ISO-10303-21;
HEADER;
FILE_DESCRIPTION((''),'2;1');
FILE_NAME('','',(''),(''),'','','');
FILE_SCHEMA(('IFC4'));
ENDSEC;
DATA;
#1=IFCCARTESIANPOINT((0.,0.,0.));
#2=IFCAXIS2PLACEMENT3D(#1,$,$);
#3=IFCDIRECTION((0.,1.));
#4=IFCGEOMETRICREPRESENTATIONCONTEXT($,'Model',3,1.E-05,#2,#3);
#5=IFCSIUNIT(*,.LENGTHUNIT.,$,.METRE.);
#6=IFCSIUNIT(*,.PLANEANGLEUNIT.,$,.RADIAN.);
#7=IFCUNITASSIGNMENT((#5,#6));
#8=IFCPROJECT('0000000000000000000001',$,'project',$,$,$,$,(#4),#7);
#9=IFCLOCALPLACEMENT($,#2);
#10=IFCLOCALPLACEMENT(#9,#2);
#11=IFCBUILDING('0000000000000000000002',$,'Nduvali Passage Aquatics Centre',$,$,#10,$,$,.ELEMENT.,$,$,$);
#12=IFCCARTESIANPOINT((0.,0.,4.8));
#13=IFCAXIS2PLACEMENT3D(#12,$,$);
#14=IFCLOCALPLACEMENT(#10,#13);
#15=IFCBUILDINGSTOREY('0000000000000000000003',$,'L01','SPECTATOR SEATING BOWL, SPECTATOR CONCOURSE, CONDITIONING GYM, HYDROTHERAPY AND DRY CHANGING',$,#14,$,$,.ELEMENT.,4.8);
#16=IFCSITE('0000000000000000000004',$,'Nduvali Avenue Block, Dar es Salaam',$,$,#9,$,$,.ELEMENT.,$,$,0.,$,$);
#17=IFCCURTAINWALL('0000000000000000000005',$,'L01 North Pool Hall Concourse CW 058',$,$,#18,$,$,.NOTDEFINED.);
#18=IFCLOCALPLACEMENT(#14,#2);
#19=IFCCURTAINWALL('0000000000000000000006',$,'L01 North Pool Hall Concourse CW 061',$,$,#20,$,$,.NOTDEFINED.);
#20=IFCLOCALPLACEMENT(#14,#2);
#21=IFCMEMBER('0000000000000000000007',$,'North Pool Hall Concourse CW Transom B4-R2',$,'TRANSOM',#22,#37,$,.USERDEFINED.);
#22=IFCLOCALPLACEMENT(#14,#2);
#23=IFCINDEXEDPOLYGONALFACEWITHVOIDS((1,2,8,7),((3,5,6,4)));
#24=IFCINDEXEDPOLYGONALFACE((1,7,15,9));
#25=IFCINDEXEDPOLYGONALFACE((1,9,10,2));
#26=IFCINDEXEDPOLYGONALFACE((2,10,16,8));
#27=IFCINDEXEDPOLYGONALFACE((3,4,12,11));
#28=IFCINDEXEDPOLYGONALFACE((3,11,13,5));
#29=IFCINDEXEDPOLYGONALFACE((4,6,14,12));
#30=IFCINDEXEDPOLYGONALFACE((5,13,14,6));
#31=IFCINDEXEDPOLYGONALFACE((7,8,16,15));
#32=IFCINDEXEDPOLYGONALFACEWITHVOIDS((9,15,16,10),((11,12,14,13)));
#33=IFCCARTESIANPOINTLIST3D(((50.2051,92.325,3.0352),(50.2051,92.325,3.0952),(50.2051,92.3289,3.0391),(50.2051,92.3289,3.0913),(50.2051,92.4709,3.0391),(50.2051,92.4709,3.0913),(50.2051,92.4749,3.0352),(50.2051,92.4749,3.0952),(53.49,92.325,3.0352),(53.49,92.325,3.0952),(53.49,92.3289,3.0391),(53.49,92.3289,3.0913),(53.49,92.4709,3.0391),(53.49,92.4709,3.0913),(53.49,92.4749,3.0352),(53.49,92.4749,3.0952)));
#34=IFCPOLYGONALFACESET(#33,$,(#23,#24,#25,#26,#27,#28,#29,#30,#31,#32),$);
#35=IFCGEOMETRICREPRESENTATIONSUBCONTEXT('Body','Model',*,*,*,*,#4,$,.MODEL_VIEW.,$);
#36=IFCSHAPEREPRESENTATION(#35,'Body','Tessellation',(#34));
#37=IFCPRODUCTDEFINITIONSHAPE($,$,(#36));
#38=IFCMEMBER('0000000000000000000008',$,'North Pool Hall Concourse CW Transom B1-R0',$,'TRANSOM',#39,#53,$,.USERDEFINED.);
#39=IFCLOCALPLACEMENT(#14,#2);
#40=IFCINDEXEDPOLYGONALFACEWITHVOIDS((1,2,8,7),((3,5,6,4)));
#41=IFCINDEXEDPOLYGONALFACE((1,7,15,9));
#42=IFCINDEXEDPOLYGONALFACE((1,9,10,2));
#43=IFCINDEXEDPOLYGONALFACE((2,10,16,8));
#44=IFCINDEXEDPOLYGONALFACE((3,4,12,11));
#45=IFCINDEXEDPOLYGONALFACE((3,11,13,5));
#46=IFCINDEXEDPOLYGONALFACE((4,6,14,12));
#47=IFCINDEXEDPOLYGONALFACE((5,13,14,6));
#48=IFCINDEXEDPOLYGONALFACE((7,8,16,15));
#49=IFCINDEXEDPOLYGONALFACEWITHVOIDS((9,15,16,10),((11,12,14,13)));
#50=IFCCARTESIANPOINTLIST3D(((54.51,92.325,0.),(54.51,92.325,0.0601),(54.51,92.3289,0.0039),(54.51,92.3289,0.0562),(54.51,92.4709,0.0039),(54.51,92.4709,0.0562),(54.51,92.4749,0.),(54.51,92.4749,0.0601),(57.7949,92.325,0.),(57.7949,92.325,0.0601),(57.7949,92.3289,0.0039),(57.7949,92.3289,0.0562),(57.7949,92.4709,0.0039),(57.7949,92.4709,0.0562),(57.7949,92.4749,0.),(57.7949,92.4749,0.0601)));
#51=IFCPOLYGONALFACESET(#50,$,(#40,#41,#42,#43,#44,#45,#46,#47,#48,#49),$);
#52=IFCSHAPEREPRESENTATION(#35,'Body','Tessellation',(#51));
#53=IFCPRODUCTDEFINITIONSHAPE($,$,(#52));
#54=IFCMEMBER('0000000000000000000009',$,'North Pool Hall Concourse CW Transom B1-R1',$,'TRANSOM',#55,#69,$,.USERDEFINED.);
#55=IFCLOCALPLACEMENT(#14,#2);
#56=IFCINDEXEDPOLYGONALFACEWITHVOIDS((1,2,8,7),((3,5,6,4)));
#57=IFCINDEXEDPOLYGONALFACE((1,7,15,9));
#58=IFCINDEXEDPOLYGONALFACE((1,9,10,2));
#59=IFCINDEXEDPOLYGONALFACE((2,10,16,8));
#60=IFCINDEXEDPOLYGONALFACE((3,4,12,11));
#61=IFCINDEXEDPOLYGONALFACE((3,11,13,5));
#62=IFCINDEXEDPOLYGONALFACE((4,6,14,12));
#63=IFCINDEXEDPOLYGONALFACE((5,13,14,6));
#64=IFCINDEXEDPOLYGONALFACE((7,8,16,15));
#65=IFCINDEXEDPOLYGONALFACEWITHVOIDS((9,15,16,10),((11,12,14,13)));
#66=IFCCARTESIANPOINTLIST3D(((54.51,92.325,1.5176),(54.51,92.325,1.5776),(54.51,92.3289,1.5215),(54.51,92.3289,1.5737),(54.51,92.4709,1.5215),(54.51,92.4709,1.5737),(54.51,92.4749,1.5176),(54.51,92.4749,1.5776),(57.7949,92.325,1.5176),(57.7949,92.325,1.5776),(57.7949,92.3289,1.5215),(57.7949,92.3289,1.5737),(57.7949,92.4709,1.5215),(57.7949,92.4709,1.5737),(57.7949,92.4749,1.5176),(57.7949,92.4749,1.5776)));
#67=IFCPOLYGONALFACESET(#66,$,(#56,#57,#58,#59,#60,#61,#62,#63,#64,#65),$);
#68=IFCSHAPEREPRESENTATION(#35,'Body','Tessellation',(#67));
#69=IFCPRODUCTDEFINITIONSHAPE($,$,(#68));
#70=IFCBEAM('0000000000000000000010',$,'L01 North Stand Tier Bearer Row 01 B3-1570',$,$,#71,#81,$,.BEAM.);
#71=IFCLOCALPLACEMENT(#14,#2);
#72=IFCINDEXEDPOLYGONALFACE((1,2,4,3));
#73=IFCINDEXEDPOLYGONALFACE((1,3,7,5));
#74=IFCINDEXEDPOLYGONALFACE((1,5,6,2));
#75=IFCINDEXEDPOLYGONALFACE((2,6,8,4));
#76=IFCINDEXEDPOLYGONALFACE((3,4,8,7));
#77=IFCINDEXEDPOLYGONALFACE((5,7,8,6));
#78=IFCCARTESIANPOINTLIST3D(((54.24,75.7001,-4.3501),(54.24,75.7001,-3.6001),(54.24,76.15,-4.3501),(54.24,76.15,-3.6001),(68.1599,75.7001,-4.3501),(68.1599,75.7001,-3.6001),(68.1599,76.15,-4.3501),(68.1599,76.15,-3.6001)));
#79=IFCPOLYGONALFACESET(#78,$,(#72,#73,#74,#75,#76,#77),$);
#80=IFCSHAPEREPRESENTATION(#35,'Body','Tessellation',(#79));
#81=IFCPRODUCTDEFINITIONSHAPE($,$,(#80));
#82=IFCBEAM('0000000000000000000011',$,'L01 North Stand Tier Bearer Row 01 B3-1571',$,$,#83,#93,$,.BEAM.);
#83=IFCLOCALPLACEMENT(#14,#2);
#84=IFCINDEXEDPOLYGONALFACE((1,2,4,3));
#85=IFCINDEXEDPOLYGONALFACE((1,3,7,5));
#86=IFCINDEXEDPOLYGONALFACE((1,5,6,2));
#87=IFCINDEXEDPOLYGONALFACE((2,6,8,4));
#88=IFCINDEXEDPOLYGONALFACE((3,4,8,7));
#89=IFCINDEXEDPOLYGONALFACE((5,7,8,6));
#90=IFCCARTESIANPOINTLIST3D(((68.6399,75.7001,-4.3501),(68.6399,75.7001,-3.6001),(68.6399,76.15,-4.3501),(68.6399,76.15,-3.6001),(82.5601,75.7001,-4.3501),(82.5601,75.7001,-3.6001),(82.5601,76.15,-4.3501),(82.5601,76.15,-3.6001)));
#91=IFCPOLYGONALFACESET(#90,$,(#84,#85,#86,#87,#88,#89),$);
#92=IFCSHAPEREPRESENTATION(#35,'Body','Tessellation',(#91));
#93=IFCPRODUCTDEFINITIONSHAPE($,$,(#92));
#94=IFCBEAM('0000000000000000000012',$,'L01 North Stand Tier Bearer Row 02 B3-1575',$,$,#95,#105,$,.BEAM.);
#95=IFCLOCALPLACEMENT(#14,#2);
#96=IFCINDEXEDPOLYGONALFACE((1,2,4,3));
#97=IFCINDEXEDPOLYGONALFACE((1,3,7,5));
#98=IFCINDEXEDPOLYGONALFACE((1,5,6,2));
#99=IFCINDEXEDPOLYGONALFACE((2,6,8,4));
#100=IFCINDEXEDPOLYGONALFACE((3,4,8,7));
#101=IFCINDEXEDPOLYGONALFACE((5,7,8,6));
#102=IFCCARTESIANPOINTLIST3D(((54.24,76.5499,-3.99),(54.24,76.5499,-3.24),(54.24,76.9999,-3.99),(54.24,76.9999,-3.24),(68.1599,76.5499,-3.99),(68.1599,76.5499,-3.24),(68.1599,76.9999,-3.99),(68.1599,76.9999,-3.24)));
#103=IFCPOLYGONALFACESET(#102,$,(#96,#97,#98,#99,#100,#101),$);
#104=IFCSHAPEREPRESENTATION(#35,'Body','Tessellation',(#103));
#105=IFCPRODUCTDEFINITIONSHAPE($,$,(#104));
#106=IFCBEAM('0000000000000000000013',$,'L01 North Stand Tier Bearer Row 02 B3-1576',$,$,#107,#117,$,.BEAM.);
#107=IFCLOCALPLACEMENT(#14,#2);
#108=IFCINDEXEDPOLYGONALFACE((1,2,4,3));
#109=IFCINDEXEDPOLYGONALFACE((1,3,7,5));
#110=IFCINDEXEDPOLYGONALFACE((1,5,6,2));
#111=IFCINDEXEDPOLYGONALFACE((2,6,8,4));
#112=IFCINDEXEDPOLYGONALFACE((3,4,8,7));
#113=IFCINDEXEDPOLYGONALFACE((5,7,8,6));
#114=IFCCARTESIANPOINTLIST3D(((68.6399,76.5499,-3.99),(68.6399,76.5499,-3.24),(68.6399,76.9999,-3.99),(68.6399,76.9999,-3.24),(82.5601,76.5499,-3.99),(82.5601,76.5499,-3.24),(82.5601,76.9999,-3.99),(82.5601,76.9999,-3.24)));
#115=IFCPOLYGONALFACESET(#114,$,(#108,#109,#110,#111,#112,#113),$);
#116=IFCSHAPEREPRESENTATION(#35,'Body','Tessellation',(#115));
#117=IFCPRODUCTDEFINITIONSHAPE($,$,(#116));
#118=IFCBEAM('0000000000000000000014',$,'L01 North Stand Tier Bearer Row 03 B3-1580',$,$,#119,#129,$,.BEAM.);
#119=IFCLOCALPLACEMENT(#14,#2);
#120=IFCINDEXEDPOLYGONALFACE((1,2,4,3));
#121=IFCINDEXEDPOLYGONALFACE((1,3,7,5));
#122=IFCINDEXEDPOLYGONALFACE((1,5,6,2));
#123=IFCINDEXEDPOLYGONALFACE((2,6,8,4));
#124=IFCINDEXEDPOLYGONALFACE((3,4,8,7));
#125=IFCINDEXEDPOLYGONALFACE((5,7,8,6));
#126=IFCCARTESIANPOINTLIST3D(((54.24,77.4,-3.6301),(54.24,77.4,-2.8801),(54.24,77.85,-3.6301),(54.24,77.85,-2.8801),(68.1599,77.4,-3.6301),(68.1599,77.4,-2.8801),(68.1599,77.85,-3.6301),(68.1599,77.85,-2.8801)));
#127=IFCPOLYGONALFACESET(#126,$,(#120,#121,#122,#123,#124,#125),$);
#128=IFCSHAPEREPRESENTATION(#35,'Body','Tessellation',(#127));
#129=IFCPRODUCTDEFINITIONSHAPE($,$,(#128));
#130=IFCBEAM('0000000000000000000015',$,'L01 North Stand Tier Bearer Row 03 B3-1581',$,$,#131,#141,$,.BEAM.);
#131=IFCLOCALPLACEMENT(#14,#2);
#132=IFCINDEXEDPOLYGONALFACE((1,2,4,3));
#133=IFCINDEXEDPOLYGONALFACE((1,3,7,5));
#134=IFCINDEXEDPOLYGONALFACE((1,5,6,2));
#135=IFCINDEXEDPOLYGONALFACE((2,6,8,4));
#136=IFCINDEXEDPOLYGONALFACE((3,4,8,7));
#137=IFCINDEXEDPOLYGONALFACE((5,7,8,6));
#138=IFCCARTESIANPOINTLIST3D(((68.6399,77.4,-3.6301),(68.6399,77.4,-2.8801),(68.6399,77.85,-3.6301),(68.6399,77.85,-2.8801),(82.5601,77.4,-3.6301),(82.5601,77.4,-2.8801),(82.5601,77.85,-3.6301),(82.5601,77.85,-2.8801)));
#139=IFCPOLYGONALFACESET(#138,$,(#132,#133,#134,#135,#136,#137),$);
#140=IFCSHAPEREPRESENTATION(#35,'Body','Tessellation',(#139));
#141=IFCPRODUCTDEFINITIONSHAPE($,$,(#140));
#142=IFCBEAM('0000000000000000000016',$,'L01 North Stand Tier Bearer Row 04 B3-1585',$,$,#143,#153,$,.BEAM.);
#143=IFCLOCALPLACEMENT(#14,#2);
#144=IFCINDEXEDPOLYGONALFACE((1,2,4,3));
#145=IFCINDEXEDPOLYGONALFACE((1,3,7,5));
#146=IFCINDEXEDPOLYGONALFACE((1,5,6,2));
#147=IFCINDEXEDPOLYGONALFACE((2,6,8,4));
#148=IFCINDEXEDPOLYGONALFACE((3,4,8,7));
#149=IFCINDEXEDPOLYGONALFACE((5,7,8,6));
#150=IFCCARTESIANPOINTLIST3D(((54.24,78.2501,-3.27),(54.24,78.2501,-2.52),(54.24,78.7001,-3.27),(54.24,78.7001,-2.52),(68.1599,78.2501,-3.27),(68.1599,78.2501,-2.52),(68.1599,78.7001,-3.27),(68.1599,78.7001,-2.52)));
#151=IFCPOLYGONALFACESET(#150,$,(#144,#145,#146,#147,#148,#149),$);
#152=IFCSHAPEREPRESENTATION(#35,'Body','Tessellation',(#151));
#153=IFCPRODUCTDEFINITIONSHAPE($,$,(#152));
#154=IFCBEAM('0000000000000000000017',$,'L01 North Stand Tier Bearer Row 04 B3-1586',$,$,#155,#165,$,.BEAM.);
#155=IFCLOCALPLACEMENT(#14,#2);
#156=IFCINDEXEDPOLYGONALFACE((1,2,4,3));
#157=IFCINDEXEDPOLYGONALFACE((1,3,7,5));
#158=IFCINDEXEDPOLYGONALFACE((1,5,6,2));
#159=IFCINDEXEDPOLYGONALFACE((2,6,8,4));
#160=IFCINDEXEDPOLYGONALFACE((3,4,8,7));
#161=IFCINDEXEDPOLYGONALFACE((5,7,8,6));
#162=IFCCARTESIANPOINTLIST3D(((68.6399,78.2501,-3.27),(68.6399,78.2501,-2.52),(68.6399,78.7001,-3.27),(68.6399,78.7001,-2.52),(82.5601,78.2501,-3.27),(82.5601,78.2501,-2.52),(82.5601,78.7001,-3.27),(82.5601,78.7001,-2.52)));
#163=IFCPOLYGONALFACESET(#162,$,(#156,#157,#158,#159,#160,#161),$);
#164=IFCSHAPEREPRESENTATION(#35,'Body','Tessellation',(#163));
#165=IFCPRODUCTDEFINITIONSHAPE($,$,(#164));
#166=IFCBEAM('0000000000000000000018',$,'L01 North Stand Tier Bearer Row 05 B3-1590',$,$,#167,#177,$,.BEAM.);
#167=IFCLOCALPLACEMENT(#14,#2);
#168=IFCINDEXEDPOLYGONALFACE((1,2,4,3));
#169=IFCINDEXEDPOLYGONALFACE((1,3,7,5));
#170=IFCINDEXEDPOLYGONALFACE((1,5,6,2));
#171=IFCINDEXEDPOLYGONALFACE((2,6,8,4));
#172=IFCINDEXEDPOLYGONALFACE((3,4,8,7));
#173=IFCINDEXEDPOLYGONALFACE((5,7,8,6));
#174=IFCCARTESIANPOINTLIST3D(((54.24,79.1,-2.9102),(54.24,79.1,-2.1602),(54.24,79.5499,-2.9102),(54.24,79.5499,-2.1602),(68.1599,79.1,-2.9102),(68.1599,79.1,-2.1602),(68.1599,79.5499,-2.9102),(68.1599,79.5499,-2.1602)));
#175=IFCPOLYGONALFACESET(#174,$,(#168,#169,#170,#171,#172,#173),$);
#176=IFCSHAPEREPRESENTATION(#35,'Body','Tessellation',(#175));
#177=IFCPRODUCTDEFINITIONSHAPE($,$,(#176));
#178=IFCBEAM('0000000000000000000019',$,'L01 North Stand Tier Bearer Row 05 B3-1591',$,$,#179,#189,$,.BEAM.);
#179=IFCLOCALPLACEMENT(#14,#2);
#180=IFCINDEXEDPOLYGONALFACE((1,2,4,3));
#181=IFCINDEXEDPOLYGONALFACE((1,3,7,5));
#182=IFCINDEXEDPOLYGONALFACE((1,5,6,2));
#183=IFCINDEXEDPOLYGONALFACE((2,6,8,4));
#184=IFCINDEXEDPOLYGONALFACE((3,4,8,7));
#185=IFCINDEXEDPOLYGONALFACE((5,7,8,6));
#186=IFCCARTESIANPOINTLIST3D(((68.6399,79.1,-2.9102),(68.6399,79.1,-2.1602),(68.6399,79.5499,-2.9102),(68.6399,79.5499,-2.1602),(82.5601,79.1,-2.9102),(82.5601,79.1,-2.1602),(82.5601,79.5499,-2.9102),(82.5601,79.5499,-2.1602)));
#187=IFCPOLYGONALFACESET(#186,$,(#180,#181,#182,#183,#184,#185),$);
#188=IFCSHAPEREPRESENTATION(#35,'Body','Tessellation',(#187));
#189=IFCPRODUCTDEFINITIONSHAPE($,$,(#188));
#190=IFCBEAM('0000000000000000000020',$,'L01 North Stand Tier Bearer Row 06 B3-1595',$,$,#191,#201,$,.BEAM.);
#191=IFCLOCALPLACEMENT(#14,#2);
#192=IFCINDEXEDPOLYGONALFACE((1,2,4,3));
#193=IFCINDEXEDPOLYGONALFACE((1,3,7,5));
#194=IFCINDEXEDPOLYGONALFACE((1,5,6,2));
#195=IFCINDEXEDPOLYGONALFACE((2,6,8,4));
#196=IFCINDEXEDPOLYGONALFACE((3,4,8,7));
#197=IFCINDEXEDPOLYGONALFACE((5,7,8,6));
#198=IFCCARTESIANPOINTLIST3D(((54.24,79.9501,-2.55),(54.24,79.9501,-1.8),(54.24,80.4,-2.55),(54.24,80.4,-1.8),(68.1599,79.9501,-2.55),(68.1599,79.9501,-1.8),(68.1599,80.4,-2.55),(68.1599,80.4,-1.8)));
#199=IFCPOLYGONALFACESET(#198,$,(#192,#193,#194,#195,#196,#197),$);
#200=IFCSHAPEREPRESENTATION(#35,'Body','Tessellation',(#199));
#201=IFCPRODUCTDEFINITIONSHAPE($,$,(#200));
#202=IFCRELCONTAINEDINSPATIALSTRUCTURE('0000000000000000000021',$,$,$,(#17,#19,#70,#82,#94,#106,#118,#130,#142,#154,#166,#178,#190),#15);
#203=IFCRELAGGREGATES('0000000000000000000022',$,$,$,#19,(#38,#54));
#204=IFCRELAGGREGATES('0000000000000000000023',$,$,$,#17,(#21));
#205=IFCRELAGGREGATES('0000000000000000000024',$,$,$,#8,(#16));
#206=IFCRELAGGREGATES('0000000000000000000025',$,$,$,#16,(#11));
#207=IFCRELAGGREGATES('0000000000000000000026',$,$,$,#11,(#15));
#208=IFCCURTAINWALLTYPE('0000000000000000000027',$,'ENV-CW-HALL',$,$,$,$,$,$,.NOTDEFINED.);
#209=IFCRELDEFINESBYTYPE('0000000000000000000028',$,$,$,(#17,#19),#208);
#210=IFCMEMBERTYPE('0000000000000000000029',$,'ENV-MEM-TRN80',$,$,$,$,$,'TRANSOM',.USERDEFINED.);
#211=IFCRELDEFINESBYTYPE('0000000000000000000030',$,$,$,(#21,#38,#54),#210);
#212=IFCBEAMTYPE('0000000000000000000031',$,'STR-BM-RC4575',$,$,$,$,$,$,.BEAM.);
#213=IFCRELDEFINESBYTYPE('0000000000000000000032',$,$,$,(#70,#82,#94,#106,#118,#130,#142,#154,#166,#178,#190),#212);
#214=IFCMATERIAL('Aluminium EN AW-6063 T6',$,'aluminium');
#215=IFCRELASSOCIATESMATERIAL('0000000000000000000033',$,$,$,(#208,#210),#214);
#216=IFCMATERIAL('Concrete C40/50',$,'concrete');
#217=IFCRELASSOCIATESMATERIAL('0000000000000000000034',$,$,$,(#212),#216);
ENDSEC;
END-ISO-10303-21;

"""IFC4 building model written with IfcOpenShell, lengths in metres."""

from ifc_helpers import new_model, si_unit, direction, frame, origin, origin_2d, place, context, subcontext, project, spatial, rectangle, hollow_rectangle, extrude, material, material_profile, profile_set, type_object, element, aggregate, save


model = new_model("IFC4")

# Units and contexts
model_context = context("Model", 3, precision=1e-05, world=origin(), true_north=direction((0.0, 1.0)))
body_context = subcontext(model_context, "Body", "Model", "MODEL_VIEW")
ifc_project = project(units=[si_unit("LENGTHUNIT", "METRE"), si_unit("PLANEANGLEUNIT", "RADIAN")], contexts=[model_context])

# Site, building, storey
site_placement = place(None, origin())
site = spatial("IfcSite", under=ifc_project, at=site_placement, Name="Nduvali Avenue Block, Dar es Salaam", CompositionType="ELEMENT", RefElevation=0.0)
building_placement = place(site_placement, origin())
building = spatial("IfcBuilding", under=site, at=building_placement, Name="Nduvali Passage Aquatics Centre", CompositionType="ELEMENT")
storey_placement = place(building_placement, frame((0.0, 0.0, 4.8)))
storey = spatial("IfcBuildingStorey", under=building, at=storey_placement, Name="L01", Description="SPECTATOR SEATING BOWL, SPECTATOR CONCOURSE, CONDITIONING GYM, HYDROTHERAPY AND DRY CHANGING", CompositionType="ELEMENT", Elevation=4.8)

# Shared definitions
ifc_material_1 = material(Name="Concrete C40/50", Category="concrete")

# Curtain walls
ifc_material_2 = material(Name="Aluminium EN AW-6063 T6", Category="aluminium")
curtain_wall_type = type_object("IfcCurtainWallType", Name="ENV-CW-HALL", PredefinedType="NOTDEFINED", material=ifc_material_2)
curtain_wall_1_placement = place(storey_placement, origin())
curtain_wall_1 = element("IfcCurtainWall", 1, at=curtain_wall_1_placement, inside=storey, type_object=curtain_wall_type, Name="L01 North Pool Hall Concourse CW 058", PredefinedType="NOTDEFINED")
curtain_wall_2_placement = place(storey_placement, origin())
curtain_wall_2 = element("IfcCurtainWall", 2, at=curtain_wall_2_placement, inside=storey, type_object=curtain_wall_type, Name="L01 North Pool Hall Concourse CW 061", PredefinedType="NOTDEFINED")

# Members
ifc_material_profile_1 = material_profile(ifc_material_2, hollow_rectangle(XDim=0.1499, YDim=0.0601, WallThickness=0.0039, at=origin_2d()), Name="ALU TRANSOM 150x60x4")
ifc_profile_set_1 = profile_set([ifc_material_profile_1], Name="Aluminium EN AW-6063 T6")
member_type_1 = type_object("IfcMemberType", Name="ENV-MEM-TRN80", ElementType="TRANSOM", PredefinedType="USERDEFINED", material=ifc_profile_set_1)
member_1_placement = place(storey_placement, frame((50.2051, 92.3999, 3.0652), z_axis=(1.0, 0.0, 0.0), x_axis=(0.0, 1.0, 0.0)))
member_1 = element("IfcMember", 3, at=member_1_placement, type_object=member_type_1, Name="North Pool Hall Concourse CW Transom B4-R2", ObjectType="TRANSOM", PredefinedType="USERDEFINED", context=body_context, shape_type="SweptSolid", body=[
    extrude(hollow_rectangle(XDim=0.1499, YDim=0.0601, WallThickness=0.0039, at=origin_2d()), origin(), (0.0, 0.0, 1.0), 3.2849),
])
member_2_placement = place(storey_placement, frame((54.51, 92.3999, 0.03), z_axis=(1.0, 0.0, 0.0), x_axis=(0.0, 1.0, 0.0)))
member_2 = element("IfcMember", 4, at=member_2_placement, type_object=member_type_1, Name="North Pool Hall Concourse CW Transom B1-R0", ObjectType="TRANSOM", PredefinedType="USERDEFINED", context=body_context, shape_type="SweptSolid", body=[
    extrude(hollow_rectangle(XDim=0.1499, YDim=0.0601, WallThickness=0.0039, at=origin_2d()), origin(), (0.0, 0.0, 1.0), 3.2849),
])
member_3_placement = place(storey_placement, frame((54.51, 92.3999, 1.5476), z_axis=(1.0, 0.0, 0.0), x_axis=(0.0, 1.0, 0.0)))
member_3 = element("IfcMember", 5, at=member_3_placement, type_object=member_type_1, Name="North Pool Hall Concourse CW Transom B1-R1", ObjectType="TRANSOM", PredefinedType="USERDEFINED", context=body_context, shape_type="SweptSolid", body=[
    extrude(hollow_rectangle(XDim=0.1499, YDim=0.0601, WallThickness=0.0039, at=origin_2d()), origin(), (0.0, 0.0, 1.0), 3.2849),
])
aggregate(curtain_wall_2, [member_2, member_3])

# Beams
ifc_material_profile_2 = material_profile(ifc_material_1, rectangle(XDim=0.45, YDim=0.75, at=origin_2d()), Name="RC 450x750")
ifc_profile_set_2 = profile_set([ifc_material_profile_2], Name="Concrete C40/50")
beam_type_1 = type_object("IfcBeamType", Name="STR-BM-RC4575", PredefinedType="BEAM", material=ifc_profile_set_2)
beam_1_placement = place(storey_placement, frame((54.24, 75.925, -3.9751), z_axis=(1.0, 0.0, 0.0), x_axis=(0.0, 1.0, 0.0)))
element("IfcBeam", 6, at=beam_1_placement, inside=storey, type_object=beam_type_1, Name="L01 North Stand Tier Bearer Row 01 B3-1570", PredefinedType="BEAM", context=body_context, shape_type="SweptSolid", body=[
    extrude(rectangle(XDim=0.45, YDim=0.75, at=origin_2d()), origin(), (0.0, 0.0, 1.0), 13.9199),
])
beam_2_placement = place(storey_placement, frame((68.6399, 75.925, -3.9751), z_axis=(1.0, 0.0, 0.0), x_axis=(0.0, 1.0, 0.0)))
element("IfcBeam", 7, at=beam_2_placement, inside=storey, type_object=beam_type_1, Name="L01 North Stand Tier Bearer Row 01 B3-1571", PredefinedType="BEAM", context=body_context, shape_type="SweptSolid", body=[
    extrude(rectangle(XDim=0.45, YDim=0.75, at=origin_2d()), origin(), (0.0, 0.0, 1.0), 13.9202),
])
beam_3_placement = place(storey_placement, frame((54.24, 76.7749, -3.615), z_axis=(1.0, 0.0, 0.0), x_axis=(0.0, 1.0, 0.0)))
element("IfcBeam", 8, at=beam_3_placement, inside=storey, type_object=beam_type_1, Name="L01 North Stand Tier Bearer Row 02 B3-1575", PredefinedType="BEAM", context=body_context, shape_type="SweptSolid", body=[
    extrude(rectangle(XDim=0.45, YDim=0.75, at=origin_2d()), origin(), (0.0, 0.0, 1.0), 13.9199),
])
beam_4_placement = place(storey_placement, frame((68.6399, 76.7749, -3.615), z_axis=(1.0, 0.0, 0.0), x_axis=(0.0, 1.0, 0.0)))
element("IfcBeam", 9, at=beam_4_placement, inside=storey, type_object=beam_type_1, Name="L01 North Stand Tier Bearer Row 02 B3-1576", PredefinedType="BEAM", context=body_context, shape_type="SweptSolid", body=[
    extrude(rectangle(XDim=0.45, YDim=0.75, at=origin_2d()), origin(), (0.0, 0.0, 1.0), 13.9202),
])
beam_5_placement = place(storey_placement, frame((54.24, 77.625, -3.2551), z_axis=(1.0, 0.0, 0.0), x_axis=(0.0, 1.0, 0.0)))
element("IfcBeam", 10, at=beam_5_placement, inside=storey, type_object=beam_type_1, Name="L01 North Stand Tier Bearer Row 03 B3-1580", PredefinedType="BEAM", context=body_context, shape_type="SweptSolid", body=[
    extrude(rectangle(XDim=0.45, YDim=0.75, at=origin_2d()), origin(), (0.0, 0.0, 1.0), 13.9199),
])
beam_6_placement = place(storey_placement, frame((68.6399, 77.625, -3.2551), z_axis=(1.0, 0.0, 0.0), x_axis=(0.0, 1.0, 0.0)))
element("IfcBeam", 11, at=beam_6_placement, inside=storey, type_object=beam_type_1, Name="L01 North Stand Tier Bearer Row 03 B3-1581", PredefinedType="BEAM", context=body_context, shape_type="SweptSolid", body=[
    extrude(rectangle(XDim=0.45, YDim=0.75, at=origin_2d()), origin(), (0.0, 0.0, 1.0), 13.9202),
])
beam_7_placement = place(storey_placement, frame((54.24, 78.4751, -2.895), z_axis=(1.0, 0.0, 0.0), x_axis=(0.0, 1.0, 0.0)))
element("IfcBeam", 12, at=beam_7_placement, inside=storey, type_object=beam_type_1, Name="L01 North Stand Tier Bearer Row 04 B3-1585", PredefinedType="BEAM", context=body_context, shape_type="SweptSolid", body=[
    extrude(rectangle(XDim=0.45, YDim=0.75, at=origin_2d()), origin(), (0.0, 0.0, 1.0), 13.9199),
])
beam_8_placement = place(storey_placement, frame((68.6399, 78.4751, -2.895), z_axis=(1.0, 0.0, 0.0), x_axis=(0.0, 1.0, 0.0)))
element("IfcBeam", 13, at=beam_8_placement, inside=storey, type_object=beam_type_1, Name="L01 North Stand Tier Bearer Row 04 B3-1586", PredefinedType="BEAM", context=body_context, shape_type="SweptSolid", body=[
    extrude(rectangle(XDim=0.45, YDim=0.75, at=origin_2d()), origin(), (0.0, 0.0, 1.0), 13.9202),
])
beam_9_placement = place(storey_placement, frame((54.24, 79.325, -2.5352), z_axis=(1.0, 0.0, 0.0), x_axis=(0.0, 1.0, 0.0)))
element("IfcBeam", 14, at=beam_9_placement, inside=storey, type_object=beam_type_1, Name="L01 North Stand Tier Bearer Row 05 B3-1590", PredefinedType="BEAM", context=body_context, shape_type="SweptSolid", body=[
    extrude(rectangle(XDim=0.45, YDim=0.75, at=origin_2d()), origin(), (0.0, 0.0, 1.0), 13.9199),
])
beam_10_placement = place(storey_placement, frame((68.6399, 79.325, -2.5352), z_axis=(1.0, 0.0, 0.0), x_axis=(0.0, 1.0, 0.0)))
element("IfcBeam", 15, at=beam_10_placement, inside=storey, type_object=beam_type_1, Name="L01 North Stand Tier Bearer Row 05 B3-1591", PredefinedType="BEAM", context=body_context, shape_type="SweptSolid", body=[
    extrude(rectangle(XDim=0.45, YDim=0.75, at=origin_2d()), origin(), (0.0, 0.0, 1.0), 13.9202),
])
for number, where, z_axis, x_axis, name in (
    (16, (54.24, 80.175, -2.175), (1.0, 0.0, 0.0), (0.0, 1.0, 0.0), "L01 North Stand Tier Bearer Row 06 B3-1595"),
):
    element("IfcBeam", number, at=place(storey_placement, frame(where, z_axis=z_axis, x_axis=x_axis)), inside=storey, type_object=beam_type_1, Name=name, PredefinedType="BEAM", context=body_context, shape_type="SweptSolid", body=[
        extrude(rectangle(XDim=0.45, YDim=0.75, at=origin_2d()), origin(), (0.0, 0.0, 1.0), 13.9199),
    ])

aggregate(curtain_wall_1, [member_1])

save(model, "model.ifc")
